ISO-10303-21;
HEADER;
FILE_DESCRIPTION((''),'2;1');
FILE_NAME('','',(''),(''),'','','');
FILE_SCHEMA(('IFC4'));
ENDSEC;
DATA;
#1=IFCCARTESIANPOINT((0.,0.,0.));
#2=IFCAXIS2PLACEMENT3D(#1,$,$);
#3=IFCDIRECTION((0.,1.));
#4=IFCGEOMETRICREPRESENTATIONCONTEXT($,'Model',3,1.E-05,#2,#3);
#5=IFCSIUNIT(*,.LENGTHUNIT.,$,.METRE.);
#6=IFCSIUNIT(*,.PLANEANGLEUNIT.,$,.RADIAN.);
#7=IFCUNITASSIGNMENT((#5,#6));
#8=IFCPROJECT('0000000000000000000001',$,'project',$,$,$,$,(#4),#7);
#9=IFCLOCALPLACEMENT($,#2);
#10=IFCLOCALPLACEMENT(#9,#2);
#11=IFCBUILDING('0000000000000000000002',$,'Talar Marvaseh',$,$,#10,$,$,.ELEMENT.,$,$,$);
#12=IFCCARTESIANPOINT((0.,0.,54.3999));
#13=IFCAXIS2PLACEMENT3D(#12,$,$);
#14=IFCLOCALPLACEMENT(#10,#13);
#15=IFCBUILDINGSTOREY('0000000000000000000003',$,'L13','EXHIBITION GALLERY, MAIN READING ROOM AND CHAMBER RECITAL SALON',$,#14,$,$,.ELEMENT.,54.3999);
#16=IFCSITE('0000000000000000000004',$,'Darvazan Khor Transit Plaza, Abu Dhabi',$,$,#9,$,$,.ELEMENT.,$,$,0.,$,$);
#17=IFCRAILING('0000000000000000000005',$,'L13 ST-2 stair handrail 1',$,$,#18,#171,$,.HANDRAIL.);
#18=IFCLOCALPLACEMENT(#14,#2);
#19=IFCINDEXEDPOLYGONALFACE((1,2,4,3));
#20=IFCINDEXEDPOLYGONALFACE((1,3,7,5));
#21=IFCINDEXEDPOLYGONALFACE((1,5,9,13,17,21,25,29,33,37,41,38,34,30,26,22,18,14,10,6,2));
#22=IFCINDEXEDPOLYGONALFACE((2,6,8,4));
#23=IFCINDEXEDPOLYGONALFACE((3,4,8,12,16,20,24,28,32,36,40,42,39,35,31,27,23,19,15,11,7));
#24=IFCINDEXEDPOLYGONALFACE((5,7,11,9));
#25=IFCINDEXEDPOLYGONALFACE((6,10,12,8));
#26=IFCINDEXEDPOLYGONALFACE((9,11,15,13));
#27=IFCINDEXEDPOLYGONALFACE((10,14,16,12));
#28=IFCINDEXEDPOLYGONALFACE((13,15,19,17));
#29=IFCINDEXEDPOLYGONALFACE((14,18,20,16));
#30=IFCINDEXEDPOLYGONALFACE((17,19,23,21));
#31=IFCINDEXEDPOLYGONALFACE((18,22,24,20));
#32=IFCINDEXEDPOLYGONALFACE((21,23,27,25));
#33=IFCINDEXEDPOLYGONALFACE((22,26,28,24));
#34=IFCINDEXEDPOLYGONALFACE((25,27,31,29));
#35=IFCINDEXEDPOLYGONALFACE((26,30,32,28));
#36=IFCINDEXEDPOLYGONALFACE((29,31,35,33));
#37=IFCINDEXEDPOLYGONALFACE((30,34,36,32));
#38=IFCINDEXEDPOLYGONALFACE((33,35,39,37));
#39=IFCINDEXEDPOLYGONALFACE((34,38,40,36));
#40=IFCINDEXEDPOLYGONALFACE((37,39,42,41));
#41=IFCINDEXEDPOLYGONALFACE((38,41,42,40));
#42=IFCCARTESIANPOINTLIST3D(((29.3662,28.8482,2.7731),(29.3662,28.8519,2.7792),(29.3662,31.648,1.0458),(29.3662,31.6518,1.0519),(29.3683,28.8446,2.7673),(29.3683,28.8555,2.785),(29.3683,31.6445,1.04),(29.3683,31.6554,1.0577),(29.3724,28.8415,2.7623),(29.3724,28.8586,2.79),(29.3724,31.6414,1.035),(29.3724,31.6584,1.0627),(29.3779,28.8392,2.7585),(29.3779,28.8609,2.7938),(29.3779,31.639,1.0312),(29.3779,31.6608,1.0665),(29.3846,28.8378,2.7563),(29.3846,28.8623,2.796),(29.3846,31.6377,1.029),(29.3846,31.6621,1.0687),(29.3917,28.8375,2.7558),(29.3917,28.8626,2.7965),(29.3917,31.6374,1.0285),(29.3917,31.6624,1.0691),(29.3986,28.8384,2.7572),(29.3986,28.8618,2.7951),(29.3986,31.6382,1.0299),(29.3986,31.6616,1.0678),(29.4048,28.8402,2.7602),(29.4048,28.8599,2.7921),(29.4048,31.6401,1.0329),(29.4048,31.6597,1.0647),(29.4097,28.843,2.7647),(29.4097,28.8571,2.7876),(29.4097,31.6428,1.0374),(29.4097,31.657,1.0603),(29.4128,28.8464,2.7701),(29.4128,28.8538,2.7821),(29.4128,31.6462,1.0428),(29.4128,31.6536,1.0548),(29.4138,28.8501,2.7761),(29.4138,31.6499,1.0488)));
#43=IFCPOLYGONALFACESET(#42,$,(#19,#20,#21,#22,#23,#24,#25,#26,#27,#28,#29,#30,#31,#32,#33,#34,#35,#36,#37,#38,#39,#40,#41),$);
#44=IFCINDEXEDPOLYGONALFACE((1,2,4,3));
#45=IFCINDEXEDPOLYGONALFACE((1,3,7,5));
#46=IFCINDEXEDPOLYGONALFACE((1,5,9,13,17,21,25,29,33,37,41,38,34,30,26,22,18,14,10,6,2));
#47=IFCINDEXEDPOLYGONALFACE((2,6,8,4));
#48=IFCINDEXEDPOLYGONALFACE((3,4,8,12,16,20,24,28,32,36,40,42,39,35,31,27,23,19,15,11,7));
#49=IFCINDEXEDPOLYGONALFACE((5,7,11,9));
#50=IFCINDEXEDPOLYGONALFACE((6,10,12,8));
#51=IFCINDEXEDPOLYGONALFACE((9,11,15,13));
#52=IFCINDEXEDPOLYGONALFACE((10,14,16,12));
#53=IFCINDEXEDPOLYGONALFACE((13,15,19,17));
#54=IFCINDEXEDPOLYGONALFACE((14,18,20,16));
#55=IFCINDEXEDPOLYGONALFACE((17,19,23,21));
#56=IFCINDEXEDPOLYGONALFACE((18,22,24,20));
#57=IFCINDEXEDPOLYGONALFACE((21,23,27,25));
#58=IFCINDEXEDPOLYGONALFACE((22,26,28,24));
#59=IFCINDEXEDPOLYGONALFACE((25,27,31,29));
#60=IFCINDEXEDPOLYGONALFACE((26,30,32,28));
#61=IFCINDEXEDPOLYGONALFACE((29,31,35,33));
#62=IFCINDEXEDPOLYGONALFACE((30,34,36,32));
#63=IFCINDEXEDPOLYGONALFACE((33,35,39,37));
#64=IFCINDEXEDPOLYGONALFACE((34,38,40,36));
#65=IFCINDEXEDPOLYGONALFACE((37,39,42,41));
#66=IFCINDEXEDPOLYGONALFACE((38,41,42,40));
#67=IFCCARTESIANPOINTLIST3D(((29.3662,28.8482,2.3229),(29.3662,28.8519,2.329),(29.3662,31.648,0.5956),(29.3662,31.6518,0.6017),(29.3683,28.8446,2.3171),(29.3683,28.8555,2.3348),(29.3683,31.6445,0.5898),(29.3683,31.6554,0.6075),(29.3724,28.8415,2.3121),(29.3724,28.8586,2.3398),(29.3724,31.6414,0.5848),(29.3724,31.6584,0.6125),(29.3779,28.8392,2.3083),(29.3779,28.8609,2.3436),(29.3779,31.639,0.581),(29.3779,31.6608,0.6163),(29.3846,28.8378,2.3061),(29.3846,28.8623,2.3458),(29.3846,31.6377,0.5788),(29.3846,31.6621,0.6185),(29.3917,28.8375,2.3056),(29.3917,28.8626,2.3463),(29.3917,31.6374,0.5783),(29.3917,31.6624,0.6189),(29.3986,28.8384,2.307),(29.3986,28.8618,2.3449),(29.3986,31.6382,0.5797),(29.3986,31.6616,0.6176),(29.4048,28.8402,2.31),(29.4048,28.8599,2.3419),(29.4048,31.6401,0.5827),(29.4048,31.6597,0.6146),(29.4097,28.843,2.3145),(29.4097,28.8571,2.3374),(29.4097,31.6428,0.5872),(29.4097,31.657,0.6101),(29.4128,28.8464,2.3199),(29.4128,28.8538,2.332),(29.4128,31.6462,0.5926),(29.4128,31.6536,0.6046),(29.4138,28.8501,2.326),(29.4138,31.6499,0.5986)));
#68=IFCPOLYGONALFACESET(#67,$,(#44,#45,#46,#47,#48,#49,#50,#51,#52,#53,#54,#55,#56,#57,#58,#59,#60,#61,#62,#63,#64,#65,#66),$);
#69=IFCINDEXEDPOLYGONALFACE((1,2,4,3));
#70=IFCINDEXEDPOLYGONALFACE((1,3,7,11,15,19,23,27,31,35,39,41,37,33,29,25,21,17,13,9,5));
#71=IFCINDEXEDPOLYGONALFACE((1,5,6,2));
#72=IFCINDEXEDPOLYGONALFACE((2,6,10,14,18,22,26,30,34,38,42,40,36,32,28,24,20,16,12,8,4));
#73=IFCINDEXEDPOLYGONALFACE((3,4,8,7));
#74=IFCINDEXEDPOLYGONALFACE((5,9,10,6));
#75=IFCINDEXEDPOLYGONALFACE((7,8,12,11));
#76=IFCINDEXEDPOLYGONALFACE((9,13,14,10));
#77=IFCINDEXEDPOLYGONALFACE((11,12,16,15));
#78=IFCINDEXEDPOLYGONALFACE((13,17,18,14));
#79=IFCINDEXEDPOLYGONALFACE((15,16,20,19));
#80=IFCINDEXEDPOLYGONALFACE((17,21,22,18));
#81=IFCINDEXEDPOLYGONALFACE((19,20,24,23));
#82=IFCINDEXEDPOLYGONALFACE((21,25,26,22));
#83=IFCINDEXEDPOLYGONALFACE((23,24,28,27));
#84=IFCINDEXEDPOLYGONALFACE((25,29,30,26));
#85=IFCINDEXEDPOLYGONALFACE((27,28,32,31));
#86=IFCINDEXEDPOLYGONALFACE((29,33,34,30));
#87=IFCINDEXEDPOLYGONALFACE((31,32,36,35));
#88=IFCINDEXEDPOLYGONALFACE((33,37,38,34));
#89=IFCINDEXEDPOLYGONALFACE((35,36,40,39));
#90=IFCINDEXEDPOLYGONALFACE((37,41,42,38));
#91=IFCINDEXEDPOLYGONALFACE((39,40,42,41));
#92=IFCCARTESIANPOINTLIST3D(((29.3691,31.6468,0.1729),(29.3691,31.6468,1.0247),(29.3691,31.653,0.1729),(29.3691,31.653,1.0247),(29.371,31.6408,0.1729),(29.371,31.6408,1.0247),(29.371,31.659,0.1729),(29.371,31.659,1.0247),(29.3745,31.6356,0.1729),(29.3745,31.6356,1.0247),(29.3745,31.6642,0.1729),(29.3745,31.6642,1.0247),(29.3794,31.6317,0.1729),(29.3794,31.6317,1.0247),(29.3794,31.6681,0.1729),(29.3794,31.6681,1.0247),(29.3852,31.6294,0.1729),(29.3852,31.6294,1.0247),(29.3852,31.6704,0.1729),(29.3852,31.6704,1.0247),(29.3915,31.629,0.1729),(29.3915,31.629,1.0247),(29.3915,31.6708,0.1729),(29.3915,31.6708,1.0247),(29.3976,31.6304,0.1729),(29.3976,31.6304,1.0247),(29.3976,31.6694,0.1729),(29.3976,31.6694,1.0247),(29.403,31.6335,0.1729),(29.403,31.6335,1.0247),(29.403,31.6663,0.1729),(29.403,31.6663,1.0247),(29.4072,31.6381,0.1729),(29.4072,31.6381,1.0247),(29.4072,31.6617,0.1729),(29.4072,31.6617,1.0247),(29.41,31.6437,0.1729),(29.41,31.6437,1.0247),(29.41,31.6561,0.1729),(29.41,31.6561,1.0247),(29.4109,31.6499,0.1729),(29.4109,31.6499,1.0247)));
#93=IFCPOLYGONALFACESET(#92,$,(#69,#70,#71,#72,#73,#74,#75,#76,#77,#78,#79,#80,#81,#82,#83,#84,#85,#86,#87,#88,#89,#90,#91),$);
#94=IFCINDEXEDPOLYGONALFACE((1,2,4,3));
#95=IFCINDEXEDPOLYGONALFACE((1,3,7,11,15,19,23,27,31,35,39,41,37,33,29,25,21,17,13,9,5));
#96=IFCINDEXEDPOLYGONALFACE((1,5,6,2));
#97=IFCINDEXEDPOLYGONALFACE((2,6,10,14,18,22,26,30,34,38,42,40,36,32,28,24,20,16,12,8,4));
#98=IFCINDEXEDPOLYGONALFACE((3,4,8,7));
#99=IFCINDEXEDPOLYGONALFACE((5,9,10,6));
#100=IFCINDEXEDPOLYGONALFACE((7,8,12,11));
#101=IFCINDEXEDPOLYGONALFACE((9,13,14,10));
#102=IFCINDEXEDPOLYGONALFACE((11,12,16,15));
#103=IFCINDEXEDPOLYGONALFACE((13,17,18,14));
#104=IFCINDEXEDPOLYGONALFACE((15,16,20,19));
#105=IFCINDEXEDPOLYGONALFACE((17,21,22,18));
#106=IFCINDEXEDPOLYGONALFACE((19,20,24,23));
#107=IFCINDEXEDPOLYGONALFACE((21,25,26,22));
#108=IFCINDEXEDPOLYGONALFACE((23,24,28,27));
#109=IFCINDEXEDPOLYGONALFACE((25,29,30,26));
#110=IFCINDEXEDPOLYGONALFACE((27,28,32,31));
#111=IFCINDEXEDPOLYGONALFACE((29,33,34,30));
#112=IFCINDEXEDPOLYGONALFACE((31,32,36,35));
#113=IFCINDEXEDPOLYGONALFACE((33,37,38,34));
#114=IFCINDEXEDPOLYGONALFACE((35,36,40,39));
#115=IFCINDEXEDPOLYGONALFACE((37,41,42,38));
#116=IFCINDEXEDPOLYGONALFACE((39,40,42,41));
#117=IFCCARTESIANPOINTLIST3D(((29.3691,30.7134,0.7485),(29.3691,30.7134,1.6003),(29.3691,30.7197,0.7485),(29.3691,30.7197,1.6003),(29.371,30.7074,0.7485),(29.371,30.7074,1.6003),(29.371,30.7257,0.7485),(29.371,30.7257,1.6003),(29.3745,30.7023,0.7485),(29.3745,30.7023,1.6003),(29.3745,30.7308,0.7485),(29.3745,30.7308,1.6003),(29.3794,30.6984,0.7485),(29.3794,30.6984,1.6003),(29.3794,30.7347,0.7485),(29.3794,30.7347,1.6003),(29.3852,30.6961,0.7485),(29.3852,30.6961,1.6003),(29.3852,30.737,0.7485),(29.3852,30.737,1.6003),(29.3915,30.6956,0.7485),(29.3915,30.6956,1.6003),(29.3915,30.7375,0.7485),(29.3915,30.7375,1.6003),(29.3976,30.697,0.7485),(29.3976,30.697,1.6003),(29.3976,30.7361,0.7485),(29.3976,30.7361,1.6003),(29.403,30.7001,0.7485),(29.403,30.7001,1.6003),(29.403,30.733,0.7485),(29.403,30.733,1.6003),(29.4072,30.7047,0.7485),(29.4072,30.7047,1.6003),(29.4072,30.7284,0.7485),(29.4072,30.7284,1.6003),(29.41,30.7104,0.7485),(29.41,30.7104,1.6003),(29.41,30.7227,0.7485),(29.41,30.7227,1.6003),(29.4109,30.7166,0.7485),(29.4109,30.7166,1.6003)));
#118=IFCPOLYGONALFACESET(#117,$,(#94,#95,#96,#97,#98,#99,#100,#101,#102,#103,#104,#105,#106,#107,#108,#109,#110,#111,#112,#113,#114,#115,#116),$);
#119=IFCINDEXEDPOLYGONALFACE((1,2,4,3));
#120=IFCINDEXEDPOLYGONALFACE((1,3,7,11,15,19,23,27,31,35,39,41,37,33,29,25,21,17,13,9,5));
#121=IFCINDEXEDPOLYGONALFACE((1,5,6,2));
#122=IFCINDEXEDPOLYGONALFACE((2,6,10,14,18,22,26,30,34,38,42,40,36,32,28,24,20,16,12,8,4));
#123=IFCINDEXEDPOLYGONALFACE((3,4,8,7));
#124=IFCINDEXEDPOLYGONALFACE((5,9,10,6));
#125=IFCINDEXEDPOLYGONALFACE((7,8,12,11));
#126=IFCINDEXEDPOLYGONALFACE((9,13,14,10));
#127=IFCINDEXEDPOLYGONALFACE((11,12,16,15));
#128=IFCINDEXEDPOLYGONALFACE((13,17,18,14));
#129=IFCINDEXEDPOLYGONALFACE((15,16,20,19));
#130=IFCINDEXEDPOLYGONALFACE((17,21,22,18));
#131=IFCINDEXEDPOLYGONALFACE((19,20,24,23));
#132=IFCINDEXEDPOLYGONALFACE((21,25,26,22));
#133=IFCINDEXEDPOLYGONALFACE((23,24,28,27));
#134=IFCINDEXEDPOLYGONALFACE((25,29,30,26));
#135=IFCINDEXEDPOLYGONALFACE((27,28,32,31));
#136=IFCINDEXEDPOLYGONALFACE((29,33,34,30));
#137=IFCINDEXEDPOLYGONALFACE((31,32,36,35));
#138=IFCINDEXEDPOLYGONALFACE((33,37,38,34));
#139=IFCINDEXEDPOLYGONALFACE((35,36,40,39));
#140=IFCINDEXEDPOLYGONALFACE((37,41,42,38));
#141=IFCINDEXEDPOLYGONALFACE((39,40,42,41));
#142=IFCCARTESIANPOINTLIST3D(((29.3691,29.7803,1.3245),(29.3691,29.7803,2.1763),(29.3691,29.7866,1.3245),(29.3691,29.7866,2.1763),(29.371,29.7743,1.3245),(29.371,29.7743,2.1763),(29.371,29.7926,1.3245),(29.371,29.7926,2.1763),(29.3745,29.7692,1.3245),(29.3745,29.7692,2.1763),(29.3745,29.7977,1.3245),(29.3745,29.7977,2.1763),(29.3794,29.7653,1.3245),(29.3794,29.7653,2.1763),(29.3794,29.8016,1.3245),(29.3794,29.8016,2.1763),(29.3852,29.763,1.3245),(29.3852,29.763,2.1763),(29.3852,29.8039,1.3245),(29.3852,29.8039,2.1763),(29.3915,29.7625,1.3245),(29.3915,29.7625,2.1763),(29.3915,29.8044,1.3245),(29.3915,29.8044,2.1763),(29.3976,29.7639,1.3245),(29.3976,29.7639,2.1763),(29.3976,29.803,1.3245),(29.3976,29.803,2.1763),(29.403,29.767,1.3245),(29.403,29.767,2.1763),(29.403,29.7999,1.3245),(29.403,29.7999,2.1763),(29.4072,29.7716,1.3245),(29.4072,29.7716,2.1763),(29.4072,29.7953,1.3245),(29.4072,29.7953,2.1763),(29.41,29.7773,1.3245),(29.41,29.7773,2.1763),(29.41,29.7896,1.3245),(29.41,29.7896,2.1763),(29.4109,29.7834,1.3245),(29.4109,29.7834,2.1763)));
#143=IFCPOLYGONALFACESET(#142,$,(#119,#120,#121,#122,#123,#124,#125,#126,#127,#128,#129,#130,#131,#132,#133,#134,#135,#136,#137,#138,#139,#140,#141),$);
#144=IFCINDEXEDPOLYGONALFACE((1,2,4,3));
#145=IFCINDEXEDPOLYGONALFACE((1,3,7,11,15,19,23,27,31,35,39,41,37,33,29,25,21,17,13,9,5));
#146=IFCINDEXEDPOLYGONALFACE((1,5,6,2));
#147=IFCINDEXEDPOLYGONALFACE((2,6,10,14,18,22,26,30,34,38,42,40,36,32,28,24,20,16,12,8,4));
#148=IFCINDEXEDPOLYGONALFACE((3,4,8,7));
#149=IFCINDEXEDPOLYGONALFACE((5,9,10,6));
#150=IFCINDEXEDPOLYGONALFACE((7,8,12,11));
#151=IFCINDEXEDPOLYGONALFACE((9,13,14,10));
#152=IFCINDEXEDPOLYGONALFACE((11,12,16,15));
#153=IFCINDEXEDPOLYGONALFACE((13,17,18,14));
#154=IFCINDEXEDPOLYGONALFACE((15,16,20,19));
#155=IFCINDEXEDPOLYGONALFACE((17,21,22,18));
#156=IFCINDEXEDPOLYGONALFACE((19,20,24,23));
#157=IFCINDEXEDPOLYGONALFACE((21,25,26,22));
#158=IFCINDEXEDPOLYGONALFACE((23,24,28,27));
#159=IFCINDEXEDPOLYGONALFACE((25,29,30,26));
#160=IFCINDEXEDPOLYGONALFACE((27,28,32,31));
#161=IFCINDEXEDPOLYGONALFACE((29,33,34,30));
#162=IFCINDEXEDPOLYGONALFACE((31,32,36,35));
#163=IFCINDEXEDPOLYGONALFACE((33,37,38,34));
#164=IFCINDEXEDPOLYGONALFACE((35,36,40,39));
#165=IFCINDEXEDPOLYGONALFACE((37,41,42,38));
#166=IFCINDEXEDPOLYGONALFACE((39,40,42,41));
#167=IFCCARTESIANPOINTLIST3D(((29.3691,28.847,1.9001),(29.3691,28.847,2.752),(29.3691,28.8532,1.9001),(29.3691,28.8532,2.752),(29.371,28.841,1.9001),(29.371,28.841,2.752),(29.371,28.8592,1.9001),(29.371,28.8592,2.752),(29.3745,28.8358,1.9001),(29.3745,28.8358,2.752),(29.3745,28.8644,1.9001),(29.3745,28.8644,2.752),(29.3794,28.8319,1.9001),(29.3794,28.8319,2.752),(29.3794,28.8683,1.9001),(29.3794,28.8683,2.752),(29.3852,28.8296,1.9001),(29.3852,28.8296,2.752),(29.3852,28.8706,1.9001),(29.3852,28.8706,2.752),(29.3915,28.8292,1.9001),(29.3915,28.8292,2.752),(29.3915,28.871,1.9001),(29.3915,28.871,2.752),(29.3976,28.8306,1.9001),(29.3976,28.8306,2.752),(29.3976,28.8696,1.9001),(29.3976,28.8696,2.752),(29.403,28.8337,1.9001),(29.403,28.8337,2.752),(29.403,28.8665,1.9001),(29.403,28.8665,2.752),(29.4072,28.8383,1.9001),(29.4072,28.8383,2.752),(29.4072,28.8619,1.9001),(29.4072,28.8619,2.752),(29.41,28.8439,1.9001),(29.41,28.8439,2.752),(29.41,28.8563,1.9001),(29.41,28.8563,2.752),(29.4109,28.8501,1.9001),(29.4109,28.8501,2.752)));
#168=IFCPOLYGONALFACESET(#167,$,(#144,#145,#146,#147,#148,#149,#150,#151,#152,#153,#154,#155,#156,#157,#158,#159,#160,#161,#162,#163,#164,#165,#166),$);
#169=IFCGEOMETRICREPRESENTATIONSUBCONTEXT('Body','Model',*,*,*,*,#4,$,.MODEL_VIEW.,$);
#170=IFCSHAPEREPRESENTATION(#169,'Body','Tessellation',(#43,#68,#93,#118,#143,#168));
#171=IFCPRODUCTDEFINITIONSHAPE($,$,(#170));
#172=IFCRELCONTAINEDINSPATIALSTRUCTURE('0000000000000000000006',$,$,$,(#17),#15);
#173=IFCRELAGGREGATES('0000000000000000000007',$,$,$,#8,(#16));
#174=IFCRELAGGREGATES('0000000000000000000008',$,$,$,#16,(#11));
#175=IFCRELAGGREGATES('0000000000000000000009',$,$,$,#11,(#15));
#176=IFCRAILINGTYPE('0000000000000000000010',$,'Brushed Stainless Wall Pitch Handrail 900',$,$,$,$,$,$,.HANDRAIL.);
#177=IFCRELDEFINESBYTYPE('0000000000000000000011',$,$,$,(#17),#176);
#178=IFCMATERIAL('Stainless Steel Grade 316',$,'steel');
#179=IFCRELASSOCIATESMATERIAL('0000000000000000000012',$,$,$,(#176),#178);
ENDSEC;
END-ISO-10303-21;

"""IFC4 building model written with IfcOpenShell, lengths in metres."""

from ifc_helpers import new_model, si_unit, direction, frame, origin, origin_2d, place, context, subcontext, project, spatial, circle, extrude, material, type_object, element, save


model = new_model("IFC4")

# Units and contexts
model_context = context("Model", 3, precision=1e-05, world=origin(), true_north=direction((0.0, 1.0)))
body_context = subcontext(model_context, "Body", "Model", "MODEL_VIEW")
ifc_project = project(units=[si_unit("LENGTHUNIT", "METRE"), si_unit("PLANEANGLEUNIT", "RADIAN")], contexts=[model_context])

# Site, building, storey
site_placement = place(None, origin())
site = spatial("IfcSite", under=ifc_project, at=site_placement, Name="Darvazan Khor Transit Plaza, Abu Dhabi", CompositionType="ELEMENT", RefElevation=0.0)
building_placement = place(site_placement, origin())
building = spatial("IfcBuilding", under=site, at=building_placement, Name="Talar Marvaseh", CompositionType="ELEMENT")
storey_placement = place(building_placement, frame((0.0, 0.0, 54.3999)))
storey = spatial("IfcBuildingStorey", under=building, at=storey_placement, Name="L13", Description="EXHIBITION GALLERY, MAIN READING ROOM AND CHAMBER RECITAL SALON", CompositionType="ELEMENT", Elevation=54.3999)

# Shared definitions
ifc_material_1 = material(Name="Stainless Steel Grade 316", Category="steel")

# Railing
railing_type_1 = type_object("IfcRailingType", Name="Brushed Stainless Wall Pitch Handrail 900", PredefinedType="HANDRAIL", material=ifc_material_1)
railing_1_placement = place(storey_placement, frame((29.3899, 31.6499, 0.1729)))
element("IfcRailing", 1, at=railing_1_placement, inside=storey, type_object=railing_type_1, Name="L13 ST-2 stair handrail 1", PredefinedType="HANDRAIL", context=body_context, shape_type="SweptSolid", body=[
    extrude(circle(Radius=0.0239, at=origin_2d()), frame((0.0, 0.0, 0.876), z_axis=(0.0, -0.851069, 0.525054), x_axis=(1.0, 0.0, 0.0)), (0.0, 0.0, 1.0), 3.2898),
    extrude(circle(Radius=0.0239, at=origin_2d()), frame((0.0, 0.0, 0.4258), z_axis=(0.0, -0.851069, 0.525054), x_axis=(1.0, 0.0, 0.0)), (0.0, 0.0, 1.0), 3.2898),
    extrude(circle(Radius=0.021, at=origin_2d()), origin(), (0.0, 0.0, 1.0), 0.8518),
    extrude(circle(Radius=0.021, at=origin_2d()), frame((0.0, -0.9333, 0.5757)), (0.0, 0.0, 1.0), 0.8518),
    extrude(circle(Radius=0.021, at=origin_2d()), frame((0.0, -1.8665, 1.1516)), (0.0, 0.0, 1.0), 0.8518),
    extrude(circle(Radius=0.021, at=origin_2d()), frame((0.0, -2.7998, 1.7273)), (0.0, 0.0, 1.0), 0.8518),
])

save(model, "model.ifc")
